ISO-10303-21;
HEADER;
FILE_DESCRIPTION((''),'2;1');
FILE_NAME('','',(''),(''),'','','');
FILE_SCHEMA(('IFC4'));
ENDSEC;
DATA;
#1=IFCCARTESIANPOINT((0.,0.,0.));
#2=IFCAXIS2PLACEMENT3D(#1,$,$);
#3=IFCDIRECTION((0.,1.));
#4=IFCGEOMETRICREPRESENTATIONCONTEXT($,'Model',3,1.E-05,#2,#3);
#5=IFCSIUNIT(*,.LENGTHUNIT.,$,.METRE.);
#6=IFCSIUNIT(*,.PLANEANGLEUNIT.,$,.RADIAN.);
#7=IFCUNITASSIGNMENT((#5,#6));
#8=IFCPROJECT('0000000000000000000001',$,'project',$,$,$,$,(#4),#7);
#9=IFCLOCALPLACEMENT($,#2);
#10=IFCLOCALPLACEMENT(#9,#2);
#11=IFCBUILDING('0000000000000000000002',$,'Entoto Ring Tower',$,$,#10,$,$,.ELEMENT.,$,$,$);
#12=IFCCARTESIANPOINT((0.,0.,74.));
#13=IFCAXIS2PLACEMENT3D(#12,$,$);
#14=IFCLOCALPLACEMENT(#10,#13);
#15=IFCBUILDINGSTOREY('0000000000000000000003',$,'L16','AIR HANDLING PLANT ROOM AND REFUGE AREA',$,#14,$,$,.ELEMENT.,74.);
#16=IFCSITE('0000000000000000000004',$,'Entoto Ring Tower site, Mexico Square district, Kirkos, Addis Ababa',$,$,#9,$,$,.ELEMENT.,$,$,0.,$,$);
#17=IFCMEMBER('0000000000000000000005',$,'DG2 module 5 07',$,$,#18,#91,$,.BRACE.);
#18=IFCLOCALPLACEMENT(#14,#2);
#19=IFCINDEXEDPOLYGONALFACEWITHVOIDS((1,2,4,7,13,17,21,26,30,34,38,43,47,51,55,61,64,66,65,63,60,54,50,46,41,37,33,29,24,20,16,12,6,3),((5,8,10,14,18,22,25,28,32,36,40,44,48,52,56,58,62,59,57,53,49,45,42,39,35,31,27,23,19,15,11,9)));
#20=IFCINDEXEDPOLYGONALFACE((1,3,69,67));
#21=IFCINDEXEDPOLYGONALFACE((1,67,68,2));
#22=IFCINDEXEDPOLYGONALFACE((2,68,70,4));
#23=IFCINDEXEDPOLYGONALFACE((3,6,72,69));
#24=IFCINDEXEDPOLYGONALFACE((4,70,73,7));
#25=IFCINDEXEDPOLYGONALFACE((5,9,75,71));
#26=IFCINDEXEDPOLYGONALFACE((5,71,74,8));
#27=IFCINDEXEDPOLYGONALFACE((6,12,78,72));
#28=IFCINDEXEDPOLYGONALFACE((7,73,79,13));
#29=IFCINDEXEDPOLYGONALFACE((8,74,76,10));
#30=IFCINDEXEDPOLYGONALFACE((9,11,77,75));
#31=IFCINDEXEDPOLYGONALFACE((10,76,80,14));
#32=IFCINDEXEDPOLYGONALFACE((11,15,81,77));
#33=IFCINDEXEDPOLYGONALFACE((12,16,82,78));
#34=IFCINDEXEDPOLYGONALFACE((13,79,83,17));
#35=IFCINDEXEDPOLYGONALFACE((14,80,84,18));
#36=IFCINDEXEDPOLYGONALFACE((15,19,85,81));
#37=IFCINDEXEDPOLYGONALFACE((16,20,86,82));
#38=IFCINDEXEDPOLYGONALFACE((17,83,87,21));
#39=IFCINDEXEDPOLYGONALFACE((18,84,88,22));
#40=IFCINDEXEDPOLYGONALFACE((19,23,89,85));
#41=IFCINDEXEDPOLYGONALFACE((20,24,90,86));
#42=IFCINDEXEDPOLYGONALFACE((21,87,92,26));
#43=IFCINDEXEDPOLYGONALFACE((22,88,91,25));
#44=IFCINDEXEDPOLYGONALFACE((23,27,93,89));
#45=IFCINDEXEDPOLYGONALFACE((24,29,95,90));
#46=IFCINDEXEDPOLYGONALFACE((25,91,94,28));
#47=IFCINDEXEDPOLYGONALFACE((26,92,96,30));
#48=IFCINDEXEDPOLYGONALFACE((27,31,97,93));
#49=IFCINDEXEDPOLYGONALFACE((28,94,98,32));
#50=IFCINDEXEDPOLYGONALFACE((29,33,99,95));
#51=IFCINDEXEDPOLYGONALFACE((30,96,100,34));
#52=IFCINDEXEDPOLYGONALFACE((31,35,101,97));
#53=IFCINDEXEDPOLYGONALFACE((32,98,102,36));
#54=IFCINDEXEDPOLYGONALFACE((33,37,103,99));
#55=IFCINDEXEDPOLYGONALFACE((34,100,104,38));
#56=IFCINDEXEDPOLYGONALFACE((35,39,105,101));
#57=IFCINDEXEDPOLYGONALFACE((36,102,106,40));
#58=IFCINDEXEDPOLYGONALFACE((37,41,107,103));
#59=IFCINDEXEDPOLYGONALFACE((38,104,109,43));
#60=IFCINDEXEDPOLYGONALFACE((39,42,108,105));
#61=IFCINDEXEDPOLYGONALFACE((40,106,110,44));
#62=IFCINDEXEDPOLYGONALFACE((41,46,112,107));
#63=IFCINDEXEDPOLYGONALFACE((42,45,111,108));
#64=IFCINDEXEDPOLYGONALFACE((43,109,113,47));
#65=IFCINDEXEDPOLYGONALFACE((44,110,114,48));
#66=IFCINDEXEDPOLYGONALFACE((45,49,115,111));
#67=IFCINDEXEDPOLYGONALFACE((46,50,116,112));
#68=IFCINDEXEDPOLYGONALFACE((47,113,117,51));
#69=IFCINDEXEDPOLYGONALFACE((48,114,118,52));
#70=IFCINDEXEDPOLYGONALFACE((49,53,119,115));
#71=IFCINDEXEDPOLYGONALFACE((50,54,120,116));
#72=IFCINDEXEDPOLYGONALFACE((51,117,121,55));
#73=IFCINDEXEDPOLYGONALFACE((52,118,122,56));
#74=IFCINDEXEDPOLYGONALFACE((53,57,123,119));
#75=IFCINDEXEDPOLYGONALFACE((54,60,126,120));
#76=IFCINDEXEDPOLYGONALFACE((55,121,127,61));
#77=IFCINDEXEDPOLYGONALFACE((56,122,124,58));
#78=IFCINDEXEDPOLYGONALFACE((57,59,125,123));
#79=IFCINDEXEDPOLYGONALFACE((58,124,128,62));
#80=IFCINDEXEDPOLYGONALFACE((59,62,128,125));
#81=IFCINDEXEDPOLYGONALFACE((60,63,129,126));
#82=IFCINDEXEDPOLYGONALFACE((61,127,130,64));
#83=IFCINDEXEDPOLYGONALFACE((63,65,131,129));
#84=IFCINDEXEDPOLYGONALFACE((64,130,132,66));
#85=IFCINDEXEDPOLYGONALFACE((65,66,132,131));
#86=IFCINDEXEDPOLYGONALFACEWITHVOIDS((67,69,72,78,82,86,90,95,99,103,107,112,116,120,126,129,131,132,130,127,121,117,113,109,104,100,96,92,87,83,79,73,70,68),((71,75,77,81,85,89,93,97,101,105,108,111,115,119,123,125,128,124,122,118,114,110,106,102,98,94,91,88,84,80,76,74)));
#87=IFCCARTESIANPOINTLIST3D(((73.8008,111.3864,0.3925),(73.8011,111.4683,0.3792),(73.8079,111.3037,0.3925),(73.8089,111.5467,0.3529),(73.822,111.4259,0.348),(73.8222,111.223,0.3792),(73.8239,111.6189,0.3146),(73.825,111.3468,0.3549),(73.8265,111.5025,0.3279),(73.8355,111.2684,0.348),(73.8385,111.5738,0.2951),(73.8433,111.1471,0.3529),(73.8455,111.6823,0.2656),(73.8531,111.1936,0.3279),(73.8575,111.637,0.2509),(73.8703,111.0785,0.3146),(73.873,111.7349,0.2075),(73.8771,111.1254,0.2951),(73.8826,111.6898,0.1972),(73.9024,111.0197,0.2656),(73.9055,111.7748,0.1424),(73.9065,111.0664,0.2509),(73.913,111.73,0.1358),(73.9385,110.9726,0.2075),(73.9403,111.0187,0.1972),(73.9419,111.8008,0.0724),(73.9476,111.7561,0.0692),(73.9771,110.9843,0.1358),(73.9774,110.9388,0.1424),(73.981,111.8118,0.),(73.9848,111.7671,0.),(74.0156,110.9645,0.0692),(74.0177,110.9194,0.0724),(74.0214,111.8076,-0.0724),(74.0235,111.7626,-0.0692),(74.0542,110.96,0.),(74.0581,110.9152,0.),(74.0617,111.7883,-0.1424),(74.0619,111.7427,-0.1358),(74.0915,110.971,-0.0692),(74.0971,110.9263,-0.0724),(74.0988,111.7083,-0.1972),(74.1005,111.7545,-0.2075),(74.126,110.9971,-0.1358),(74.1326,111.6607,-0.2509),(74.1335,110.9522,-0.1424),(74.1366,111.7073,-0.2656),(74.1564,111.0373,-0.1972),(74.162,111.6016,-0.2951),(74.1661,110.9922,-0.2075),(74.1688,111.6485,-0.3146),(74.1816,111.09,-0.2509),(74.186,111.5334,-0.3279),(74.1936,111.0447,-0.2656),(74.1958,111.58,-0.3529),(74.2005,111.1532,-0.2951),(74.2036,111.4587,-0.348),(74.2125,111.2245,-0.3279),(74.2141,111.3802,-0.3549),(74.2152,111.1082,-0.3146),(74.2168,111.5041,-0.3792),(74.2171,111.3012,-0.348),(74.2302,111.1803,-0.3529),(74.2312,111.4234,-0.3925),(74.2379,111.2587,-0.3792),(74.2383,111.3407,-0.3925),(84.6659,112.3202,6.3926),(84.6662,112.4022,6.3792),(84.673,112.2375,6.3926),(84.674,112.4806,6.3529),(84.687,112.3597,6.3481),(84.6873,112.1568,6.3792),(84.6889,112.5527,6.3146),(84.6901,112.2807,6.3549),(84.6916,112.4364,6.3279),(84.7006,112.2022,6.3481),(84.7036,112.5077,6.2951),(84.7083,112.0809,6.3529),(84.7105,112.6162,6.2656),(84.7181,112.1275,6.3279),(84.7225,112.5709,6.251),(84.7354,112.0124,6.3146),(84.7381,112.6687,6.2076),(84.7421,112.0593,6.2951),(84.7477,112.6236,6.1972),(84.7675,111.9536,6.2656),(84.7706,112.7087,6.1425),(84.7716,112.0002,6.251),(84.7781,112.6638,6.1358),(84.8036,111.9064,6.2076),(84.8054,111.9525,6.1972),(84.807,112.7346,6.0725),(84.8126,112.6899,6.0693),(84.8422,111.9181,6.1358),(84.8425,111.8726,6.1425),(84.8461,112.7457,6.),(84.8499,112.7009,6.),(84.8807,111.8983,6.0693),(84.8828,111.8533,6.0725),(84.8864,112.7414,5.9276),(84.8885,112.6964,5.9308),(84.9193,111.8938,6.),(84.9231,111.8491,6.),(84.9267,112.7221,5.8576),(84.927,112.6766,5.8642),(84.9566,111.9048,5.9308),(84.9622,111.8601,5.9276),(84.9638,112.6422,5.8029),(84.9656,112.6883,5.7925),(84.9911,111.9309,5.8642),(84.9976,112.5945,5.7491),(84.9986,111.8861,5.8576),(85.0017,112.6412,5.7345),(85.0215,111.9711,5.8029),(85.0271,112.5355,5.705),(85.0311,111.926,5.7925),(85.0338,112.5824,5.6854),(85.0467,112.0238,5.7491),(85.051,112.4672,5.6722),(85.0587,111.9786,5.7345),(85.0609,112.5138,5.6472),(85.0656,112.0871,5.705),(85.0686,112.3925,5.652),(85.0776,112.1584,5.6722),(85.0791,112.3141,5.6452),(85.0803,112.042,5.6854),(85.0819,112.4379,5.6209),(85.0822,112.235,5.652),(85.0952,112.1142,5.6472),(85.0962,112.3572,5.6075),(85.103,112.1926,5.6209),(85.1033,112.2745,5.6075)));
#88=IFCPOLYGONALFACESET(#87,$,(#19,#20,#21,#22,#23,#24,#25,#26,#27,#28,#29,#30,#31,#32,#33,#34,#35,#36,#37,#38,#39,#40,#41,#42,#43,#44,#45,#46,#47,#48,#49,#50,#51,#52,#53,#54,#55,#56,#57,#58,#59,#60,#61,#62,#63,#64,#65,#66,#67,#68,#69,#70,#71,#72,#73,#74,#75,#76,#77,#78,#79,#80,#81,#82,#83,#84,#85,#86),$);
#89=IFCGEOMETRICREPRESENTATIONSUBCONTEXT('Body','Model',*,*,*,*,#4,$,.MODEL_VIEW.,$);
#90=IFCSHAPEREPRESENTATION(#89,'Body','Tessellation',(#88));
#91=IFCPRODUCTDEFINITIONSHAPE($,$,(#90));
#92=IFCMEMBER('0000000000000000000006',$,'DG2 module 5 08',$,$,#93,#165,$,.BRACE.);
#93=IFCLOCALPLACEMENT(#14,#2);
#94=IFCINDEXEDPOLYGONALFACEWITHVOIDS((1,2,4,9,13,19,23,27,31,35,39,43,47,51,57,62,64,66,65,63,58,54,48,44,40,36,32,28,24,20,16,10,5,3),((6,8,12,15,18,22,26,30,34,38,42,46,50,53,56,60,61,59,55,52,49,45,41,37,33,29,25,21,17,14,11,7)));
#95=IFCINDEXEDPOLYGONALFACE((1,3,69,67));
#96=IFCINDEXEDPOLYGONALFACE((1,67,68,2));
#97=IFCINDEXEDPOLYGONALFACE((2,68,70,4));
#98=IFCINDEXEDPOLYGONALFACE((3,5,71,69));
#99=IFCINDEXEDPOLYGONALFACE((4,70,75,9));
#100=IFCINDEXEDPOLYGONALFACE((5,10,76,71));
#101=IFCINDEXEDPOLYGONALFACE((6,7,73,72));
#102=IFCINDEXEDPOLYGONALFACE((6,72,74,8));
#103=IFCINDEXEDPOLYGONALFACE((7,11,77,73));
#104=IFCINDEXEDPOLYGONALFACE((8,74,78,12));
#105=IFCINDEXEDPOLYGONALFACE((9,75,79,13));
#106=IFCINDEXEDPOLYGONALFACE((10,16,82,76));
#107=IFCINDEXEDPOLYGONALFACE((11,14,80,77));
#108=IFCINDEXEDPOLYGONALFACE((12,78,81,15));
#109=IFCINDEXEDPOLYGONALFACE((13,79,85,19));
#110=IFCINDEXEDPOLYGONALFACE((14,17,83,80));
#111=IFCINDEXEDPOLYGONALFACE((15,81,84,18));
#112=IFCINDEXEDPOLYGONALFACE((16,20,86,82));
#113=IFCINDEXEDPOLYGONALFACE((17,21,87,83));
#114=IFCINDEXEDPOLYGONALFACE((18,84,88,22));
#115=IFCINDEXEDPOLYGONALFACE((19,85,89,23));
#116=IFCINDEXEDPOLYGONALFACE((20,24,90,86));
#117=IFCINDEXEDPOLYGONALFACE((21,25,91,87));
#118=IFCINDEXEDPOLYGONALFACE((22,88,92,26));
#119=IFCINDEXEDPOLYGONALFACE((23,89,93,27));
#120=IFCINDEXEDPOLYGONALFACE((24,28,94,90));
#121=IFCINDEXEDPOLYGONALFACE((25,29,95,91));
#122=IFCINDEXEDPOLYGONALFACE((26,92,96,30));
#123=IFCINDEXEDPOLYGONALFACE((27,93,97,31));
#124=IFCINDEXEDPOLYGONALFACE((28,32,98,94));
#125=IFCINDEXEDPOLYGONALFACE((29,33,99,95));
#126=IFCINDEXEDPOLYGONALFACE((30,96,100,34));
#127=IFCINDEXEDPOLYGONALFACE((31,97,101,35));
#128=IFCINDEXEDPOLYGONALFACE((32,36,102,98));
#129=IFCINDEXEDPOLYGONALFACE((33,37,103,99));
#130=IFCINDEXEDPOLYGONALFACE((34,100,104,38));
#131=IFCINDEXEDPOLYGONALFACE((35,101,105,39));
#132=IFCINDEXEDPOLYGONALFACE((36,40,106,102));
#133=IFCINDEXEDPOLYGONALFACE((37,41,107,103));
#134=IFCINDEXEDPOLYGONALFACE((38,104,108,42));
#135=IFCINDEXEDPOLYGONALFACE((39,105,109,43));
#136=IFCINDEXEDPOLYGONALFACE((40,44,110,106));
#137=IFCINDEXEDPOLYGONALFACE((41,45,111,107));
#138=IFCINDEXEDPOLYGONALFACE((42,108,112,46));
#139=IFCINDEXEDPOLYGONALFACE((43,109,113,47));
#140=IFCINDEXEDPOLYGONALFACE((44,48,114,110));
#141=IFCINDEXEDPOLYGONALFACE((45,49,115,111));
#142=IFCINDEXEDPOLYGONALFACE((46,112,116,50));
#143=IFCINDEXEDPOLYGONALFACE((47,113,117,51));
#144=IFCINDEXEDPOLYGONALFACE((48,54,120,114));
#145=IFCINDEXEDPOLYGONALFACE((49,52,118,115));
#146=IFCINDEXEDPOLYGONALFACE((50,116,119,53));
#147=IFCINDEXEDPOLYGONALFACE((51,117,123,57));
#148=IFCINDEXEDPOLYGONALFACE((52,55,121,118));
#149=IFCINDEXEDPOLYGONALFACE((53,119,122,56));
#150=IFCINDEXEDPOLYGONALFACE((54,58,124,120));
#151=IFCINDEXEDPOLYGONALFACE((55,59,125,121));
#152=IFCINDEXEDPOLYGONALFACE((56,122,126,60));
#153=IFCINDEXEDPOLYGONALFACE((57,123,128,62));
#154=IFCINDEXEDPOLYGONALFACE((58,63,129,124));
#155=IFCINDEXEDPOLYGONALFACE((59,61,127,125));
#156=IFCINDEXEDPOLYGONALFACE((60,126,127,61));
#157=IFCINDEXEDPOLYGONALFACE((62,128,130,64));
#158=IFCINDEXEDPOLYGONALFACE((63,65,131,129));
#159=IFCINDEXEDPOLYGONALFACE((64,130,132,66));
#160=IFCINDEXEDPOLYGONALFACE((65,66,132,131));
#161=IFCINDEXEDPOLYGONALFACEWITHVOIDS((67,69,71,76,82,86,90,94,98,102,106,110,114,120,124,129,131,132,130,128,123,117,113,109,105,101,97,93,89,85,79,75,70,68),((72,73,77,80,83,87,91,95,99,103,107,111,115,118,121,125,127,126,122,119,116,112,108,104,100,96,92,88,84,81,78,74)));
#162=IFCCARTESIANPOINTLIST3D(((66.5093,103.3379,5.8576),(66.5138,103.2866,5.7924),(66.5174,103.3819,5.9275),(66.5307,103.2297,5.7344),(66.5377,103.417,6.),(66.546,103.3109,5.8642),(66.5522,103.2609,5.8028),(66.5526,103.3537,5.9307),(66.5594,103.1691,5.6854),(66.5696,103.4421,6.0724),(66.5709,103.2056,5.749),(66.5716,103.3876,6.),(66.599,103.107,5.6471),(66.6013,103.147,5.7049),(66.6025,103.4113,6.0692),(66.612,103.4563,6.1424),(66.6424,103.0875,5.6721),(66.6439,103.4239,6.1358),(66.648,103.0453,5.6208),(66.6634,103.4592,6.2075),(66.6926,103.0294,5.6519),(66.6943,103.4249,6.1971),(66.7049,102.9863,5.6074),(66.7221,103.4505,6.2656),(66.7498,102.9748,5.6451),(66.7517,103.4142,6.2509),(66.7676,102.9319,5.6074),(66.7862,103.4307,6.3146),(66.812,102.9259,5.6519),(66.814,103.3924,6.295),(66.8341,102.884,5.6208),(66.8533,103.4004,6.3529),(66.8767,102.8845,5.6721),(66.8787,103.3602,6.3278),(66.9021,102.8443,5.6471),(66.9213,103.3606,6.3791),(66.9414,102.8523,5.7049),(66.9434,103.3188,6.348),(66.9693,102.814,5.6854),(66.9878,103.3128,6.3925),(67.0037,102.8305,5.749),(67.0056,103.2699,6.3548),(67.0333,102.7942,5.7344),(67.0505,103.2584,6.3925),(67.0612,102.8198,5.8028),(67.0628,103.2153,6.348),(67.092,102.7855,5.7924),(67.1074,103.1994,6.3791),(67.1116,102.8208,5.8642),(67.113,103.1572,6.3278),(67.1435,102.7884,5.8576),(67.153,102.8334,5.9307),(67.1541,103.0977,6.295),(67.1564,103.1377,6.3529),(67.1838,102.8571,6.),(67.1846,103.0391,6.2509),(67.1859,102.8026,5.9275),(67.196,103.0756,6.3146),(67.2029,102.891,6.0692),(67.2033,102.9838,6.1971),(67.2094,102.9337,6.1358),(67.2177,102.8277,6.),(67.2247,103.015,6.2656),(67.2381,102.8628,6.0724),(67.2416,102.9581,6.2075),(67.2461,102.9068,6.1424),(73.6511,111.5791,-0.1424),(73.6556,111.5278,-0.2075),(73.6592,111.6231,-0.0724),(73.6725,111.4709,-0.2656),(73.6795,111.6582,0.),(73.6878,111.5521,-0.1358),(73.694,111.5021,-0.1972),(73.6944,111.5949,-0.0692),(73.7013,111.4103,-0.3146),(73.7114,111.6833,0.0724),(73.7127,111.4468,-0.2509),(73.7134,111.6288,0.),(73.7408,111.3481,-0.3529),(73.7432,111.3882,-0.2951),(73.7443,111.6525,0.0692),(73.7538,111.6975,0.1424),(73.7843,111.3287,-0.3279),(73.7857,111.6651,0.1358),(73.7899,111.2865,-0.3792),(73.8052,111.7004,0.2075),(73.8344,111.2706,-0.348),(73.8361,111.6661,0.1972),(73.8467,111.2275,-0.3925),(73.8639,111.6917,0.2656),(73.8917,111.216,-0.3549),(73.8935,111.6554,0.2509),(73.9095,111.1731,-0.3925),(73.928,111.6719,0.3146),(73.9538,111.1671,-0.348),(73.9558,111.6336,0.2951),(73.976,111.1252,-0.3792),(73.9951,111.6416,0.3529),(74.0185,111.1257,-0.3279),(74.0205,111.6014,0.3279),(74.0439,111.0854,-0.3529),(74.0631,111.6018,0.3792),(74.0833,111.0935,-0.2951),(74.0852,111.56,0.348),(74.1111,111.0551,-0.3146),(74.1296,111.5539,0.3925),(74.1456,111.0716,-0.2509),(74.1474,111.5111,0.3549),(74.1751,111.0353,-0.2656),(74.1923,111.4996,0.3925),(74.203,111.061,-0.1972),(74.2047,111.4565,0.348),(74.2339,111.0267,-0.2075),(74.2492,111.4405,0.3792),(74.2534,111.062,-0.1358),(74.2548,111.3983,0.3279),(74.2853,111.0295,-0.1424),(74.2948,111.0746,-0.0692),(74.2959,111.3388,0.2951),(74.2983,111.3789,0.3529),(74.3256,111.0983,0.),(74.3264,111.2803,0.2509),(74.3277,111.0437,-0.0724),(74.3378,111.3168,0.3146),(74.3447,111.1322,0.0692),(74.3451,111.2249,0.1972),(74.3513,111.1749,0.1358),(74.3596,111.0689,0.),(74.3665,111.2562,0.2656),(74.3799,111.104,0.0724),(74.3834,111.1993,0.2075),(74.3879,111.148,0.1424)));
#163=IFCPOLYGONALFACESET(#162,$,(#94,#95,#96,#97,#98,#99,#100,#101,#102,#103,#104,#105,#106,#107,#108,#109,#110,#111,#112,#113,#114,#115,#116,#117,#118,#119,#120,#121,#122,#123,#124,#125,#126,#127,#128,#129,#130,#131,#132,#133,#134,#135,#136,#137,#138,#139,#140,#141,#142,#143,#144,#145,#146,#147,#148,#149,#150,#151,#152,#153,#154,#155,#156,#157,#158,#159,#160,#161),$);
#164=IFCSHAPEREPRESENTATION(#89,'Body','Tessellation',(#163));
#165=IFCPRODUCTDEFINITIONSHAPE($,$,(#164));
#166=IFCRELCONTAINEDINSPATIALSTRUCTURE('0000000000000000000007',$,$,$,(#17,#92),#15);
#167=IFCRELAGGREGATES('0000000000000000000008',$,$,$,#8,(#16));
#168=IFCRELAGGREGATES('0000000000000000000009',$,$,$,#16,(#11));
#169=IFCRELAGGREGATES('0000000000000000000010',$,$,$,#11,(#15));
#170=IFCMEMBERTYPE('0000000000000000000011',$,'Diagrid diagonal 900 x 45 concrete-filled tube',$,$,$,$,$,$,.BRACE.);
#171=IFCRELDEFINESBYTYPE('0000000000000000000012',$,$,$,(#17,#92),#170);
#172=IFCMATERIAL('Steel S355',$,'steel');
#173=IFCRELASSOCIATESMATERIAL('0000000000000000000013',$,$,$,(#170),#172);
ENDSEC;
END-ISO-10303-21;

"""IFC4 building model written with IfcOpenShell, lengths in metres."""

from ifc_helpers import new_model, si_unit, direction, frame, origin, origin_2d, place, context, subcontext, project, spatial, circle, hollow_circle, extrude, material, material_profile, profile_set, type_object, element, save


model = new_model("IFC4")

# Units and contexts
model_context = context("Model", 3, precision=1e-05, world=origin(), true_north=direction((0.0, 1.0)))
body_context = subcontext(model_context, "Body", "Model", "MODEL_VIEW")
ifc_project = project(units=[si_unit("LENGTHUNIT", "METRE"), si_unit("PLANEANGLEUNIT", "RADIAN")], contexts=[model_context])

# Site, building, storey
site_placement = place(None, origin())
site = spatial("IfcSite", under=ifc_project, at=site_placement, Name="Entoto Ring Tower site, Mexico Square district, Kirkos, Addis Ababa", CompositionType="ELEMENT", RefElevation=0.0)
building_placement = place(site_placement, origin())
building = spatial("IfcBuilding", under=site, at=building_placement, Name="Entoto Ring Tower", CompositionType="ELEMENT")
storey_placement = place(building_placement, frame((0.0, 0.0, 74.0)))
storey = spatial("IfcBuildingStorey", under=building, at=storey_placement, Name="L16", Description="AIR HANDLING PLANT ROOM AND REFUGE AREA", CompositionType="ELEMENT", Elevation=74.0)

# Members
ifc_material_1 = material(Name="Steel S355", Category="steel")
ifc_material_profile_1 = material_profile(ifc_material_1, hollow_circle(Radius=0.45, WallThickness=0.0449, at=origin_2d()), Name="CHS 900 x 45")
ifc_material_2 = material(Name="Concrete C60/75", Category="concrete")
ifc_material_profile_2 = material_profile(ifc_material_2, circle(Radius=0.405, at=origin_2d()), Name="Concrete C60/75 infill")
ifc_profile_set_1 = profile_set([ifc_material_profile_1, ifc_material_profile_2], Name="Steel S355")
member_type_1 = type_object("IfcMemberType", Name="Diagrid diagonal 900 x 45 concrete-filled tube", PredefinedType="BRACE", material=ifc_profile_set_1)
for number, where, z_axis, x_axis, name in (
    (1, (74.0195, 111.3635, 0.0), (0.872922, 0.075027, 0.482056), (-0.085634, 0.996327, 0.0), "DG2 module 5 07"),
    (2, (74.0195, 111.3635, 0.0), (-0.573788, -0.662113, 0.482051), (0.755713, -0.654902, 0.0), "DG2 module 5 08"),
):
    element("IfcMember", number, at=place(storey_placement, frame(where, z_axis=z_axis, x_axis=x_axis)), inside=storey, type_object=member_type_1, Name=name, PredefinedType="BRACE", context=body_context, shape_type="SweptSolid", body=[
        extrude(hollow_circle(Radius=0.45, WallThickness=0.0449, at=origin_2d()), origin(), (0.0, 0.0, 1.0), 12.4468),
    ])

save(model, "model.ifc")
